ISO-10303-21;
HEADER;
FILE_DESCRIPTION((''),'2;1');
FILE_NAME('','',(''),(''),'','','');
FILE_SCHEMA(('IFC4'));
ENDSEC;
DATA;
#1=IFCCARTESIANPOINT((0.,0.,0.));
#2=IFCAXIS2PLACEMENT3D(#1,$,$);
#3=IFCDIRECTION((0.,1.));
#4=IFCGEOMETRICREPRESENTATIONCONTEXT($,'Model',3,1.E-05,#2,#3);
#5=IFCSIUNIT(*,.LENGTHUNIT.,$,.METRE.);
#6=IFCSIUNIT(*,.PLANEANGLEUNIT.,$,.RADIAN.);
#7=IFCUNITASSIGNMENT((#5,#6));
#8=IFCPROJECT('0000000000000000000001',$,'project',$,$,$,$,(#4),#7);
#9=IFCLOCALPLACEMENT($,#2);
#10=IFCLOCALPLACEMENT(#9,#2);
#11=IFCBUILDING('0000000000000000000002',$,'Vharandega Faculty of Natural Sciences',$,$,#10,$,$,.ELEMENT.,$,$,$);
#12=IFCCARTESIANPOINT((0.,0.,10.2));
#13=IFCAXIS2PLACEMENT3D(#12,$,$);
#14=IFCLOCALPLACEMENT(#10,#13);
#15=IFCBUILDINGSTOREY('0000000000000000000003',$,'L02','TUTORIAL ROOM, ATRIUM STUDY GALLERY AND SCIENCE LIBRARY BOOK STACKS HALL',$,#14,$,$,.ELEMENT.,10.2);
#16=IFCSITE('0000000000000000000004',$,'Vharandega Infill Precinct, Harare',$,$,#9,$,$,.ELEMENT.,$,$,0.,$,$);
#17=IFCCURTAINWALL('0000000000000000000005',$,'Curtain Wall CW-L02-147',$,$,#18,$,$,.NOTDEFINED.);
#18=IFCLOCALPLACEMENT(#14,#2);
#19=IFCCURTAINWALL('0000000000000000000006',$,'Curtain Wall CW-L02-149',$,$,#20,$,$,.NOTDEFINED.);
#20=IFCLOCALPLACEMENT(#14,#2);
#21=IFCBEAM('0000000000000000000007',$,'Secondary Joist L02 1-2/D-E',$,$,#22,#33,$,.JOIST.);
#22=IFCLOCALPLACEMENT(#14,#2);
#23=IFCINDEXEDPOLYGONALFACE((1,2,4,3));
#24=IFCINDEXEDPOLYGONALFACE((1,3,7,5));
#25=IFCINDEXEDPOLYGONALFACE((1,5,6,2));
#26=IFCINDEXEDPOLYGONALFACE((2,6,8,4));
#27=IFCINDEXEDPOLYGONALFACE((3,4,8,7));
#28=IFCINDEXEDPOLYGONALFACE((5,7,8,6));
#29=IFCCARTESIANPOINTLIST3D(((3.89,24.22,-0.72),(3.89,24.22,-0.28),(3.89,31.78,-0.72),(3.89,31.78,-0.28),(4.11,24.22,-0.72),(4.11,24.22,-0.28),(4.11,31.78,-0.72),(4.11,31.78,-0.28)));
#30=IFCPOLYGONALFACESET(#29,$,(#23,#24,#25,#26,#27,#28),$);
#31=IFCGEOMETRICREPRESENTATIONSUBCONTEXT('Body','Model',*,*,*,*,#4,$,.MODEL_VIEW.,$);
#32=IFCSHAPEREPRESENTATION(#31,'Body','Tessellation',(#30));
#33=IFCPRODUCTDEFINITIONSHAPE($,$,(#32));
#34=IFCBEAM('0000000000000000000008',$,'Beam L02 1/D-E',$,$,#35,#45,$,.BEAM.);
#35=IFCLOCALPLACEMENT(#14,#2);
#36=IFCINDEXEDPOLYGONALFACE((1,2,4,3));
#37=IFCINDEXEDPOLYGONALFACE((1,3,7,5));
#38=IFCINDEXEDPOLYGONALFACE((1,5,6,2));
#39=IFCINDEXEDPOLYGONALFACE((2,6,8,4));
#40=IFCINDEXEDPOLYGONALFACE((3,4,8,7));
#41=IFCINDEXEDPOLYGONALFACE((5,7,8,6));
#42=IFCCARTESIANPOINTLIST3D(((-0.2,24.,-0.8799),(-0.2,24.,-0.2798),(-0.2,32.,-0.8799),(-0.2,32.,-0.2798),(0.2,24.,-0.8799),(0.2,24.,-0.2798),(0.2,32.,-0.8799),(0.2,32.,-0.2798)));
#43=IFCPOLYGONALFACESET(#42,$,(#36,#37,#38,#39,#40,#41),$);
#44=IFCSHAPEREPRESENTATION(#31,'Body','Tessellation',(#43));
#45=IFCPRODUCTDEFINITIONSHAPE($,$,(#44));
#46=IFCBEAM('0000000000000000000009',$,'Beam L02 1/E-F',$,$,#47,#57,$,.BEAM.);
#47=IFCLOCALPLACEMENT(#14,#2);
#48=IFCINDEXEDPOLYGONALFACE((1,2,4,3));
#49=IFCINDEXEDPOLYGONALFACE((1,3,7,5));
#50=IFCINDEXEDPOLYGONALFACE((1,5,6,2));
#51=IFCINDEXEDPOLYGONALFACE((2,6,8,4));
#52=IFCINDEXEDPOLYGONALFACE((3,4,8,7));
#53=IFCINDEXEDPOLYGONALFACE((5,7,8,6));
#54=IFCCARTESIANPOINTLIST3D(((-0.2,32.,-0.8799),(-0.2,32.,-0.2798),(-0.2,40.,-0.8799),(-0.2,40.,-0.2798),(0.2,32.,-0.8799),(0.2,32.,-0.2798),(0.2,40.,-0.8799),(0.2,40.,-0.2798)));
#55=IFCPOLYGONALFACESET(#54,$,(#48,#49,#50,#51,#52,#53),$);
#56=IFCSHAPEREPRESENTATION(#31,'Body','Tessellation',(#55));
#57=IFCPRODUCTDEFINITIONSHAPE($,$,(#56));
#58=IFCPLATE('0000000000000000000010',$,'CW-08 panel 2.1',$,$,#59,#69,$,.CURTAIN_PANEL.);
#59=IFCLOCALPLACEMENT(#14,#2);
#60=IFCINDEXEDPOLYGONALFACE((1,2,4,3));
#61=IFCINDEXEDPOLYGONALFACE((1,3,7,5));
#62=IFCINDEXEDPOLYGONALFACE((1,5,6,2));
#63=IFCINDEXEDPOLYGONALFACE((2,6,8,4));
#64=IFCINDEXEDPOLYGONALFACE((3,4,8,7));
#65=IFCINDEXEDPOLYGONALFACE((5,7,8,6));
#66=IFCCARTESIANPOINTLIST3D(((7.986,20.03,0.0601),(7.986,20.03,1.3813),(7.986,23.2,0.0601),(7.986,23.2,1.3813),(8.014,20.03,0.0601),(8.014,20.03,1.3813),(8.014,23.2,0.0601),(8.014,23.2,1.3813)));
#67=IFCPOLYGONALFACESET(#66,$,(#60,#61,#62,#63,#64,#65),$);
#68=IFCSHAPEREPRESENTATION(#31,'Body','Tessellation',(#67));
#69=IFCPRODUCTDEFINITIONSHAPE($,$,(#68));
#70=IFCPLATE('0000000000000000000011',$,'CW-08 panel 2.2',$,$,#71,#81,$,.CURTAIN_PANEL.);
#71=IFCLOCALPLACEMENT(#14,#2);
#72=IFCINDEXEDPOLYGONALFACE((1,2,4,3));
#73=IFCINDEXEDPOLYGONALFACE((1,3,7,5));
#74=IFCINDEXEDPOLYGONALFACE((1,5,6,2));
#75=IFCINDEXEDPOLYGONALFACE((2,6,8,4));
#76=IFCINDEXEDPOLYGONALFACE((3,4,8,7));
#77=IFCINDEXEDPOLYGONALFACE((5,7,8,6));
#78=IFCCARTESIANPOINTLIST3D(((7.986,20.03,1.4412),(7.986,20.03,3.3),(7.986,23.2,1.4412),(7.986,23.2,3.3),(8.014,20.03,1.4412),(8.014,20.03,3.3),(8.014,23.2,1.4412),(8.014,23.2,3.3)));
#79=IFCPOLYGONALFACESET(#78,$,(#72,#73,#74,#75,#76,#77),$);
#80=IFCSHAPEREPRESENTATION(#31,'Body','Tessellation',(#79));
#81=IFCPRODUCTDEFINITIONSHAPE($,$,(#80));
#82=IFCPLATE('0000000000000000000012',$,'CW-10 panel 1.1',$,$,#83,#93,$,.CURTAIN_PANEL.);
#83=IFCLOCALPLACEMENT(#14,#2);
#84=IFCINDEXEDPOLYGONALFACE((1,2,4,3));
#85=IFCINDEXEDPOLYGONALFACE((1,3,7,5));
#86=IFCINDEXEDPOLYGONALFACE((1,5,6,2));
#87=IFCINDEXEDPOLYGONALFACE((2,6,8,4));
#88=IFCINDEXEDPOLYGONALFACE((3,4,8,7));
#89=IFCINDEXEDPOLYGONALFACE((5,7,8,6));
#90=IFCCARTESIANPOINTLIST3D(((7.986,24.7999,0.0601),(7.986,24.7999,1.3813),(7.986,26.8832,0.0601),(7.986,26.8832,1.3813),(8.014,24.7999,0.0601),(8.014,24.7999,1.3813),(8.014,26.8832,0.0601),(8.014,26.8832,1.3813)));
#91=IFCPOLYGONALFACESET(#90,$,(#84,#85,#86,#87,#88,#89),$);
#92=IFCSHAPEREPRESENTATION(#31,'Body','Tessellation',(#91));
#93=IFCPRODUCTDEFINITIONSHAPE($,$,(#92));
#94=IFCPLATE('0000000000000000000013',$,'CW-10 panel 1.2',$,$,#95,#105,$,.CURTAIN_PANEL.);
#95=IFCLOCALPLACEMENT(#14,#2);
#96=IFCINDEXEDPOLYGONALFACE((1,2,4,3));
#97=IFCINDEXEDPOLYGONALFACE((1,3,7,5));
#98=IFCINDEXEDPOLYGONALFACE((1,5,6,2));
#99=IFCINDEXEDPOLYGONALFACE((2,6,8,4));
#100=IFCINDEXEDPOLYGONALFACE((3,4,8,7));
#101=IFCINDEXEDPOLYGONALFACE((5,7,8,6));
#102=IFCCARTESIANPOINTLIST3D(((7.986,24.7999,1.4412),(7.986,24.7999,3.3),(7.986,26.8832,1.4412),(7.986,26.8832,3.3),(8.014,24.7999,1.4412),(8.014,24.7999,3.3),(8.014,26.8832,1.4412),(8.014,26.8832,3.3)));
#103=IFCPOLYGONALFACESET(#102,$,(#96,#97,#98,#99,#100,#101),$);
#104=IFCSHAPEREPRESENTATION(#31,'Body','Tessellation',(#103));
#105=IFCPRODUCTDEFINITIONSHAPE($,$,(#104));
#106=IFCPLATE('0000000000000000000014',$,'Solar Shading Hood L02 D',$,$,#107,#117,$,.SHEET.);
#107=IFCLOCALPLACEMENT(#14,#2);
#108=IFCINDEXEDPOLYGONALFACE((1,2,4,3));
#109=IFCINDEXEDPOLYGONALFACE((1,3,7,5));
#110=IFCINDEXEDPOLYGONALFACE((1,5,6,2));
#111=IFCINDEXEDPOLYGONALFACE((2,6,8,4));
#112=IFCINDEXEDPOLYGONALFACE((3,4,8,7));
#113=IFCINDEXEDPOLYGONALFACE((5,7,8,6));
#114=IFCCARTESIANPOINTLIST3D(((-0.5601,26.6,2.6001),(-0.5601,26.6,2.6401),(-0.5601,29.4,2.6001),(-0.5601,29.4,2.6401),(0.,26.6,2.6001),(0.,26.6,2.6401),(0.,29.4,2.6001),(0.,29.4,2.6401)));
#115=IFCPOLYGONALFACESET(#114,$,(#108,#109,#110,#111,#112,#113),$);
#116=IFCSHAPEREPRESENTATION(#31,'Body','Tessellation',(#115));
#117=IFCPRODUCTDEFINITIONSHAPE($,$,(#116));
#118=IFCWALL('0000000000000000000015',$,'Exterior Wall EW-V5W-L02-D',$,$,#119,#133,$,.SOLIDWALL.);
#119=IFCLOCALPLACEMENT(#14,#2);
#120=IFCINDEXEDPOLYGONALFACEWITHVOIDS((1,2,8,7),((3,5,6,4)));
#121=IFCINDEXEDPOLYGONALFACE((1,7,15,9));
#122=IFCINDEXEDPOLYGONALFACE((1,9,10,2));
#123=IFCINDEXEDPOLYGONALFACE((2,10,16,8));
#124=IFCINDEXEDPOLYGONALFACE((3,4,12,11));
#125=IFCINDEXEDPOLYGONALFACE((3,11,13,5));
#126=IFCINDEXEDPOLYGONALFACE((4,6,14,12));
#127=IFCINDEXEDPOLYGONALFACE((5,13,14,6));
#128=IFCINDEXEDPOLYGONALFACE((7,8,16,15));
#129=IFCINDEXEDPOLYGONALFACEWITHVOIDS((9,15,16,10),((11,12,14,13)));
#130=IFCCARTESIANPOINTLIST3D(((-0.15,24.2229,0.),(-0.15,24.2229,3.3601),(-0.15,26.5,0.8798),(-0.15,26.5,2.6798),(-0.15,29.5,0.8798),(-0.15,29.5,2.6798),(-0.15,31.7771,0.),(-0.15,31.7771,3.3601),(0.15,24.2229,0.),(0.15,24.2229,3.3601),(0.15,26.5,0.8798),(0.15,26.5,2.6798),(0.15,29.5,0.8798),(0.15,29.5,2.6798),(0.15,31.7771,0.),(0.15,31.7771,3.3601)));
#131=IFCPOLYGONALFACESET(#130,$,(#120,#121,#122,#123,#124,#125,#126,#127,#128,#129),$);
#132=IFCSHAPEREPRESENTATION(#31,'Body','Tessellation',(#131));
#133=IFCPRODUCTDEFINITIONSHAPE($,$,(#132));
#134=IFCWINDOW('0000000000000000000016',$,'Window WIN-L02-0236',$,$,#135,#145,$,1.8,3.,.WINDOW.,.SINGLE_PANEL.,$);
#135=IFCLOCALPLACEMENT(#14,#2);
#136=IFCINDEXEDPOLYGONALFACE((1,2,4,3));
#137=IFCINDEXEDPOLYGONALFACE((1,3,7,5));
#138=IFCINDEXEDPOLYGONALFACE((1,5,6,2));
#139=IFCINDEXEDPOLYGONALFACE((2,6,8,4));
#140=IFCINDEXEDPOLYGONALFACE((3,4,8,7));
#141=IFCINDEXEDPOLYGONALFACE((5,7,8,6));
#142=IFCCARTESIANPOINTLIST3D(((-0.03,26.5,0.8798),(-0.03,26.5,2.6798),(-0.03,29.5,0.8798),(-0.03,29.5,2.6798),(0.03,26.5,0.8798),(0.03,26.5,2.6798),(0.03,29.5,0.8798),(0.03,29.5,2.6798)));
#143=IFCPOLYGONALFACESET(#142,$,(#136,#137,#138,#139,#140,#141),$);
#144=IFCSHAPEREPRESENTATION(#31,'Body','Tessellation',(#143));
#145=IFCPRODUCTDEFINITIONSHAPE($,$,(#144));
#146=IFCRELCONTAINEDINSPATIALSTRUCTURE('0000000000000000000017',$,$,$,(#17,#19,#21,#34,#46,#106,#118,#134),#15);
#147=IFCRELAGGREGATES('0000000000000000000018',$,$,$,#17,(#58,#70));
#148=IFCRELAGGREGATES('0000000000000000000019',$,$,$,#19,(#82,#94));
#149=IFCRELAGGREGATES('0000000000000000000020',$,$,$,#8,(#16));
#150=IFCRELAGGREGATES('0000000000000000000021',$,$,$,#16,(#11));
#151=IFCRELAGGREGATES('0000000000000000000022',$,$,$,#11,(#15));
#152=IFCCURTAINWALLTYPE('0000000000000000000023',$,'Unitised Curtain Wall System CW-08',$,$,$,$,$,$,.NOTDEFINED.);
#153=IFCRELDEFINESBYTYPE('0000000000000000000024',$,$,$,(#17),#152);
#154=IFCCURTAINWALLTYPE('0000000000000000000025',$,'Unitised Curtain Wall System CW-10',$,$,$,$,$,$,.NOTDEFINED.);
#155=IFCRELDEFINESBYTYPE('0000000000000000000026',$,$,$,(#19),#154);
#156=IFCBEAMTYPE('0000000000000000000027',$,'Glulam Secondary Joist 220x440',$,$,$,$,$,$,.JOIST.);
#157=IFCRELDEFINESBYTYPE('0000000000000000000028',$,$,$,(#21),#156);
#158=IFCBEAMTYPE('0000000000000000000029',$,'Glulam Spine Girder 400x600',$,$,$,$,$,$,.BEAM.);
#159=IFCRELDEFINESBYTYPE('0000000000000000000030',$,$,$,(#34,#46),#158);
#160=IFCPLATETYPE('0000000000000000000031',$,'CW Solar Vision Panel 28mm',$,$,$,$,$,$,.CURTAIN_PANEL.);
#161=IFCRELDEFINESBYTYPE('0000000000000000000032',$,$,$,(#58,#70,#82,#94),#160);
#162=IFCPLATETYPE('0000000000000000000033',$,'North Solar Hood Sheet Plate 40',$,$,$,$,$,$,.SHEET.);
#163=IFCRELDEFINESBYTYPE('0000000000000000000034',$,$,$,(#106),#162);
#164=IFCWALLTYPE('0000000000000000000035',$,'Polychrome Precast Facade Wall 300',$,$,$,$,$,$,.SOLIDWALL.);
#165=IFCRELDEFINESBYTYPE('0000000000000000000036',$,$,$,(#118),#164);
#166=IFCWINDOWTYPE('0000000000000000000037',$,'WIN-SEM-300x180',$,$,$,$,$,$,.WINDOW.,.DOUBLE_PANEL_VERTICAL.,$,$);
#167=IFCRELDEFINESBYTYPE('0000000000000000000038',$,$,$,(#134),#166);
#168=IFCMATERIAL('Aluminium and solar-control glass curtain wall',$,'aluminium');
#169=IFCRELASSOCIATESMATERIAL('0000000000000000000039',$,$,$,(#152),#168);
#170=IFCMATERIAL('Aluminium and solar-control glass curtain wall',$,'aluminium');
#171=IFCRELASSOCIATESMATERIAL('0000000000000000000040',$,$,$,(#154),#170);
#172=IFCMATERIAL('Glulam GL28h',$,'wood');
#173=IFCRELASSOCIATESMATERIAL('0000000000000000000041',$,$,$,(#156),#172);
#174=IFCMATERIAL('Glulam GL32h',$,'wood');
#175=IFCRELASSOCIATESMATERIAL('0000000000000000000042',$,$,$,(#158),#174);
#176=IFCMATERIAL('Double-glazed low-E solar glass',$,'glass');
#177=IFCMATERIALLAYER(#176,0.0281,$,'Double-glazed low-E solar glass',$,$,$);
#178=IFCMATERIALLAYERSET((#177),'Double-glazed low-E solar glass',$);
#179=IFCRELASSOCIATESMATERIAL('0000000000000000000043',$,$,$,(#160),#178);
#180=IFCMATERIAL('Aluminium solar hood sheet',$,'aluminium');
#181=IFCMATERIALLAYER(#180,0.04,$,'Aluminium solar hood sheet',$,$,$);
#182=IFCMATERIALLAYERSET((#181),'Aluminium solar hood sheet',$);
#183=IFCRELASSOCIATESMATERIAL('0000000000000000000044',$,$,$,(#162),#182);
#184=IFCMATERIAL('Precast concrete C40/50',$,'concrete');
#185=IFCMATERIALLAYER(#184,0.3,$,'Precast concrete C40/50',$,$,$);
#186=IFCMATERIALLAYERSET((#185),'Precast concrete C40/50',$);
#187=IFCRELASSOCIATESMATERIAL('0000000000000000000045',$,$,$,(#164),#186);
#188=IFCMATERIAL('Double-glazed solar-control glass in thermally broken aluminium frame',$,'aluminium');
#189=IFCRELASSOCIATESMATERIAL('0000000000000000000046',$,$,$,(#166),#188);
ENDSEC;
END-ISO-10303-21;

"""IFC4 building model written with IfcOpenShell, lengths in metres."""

from ifc_helpers import new_model, si_unit, direction, frame, frame_2d, origin, origin_2d, place, context, subcontext, project, spatial, rectangle, extrude, material, layer, layer_set, material_profile, profile_set, type_object, element, fill, aggregate, save


model = new_model("IFC4")

# Units and contexts
model_context = context("Model", 3, precision=1e-05, world=origin(), true_north=direction((0.0, 1.0)))
body_context = subcontext(model_context, "Body", "Model", "MODEL_VIEW")
ifc_project = project(units=[si_unit("LENGTHUNIT", "METRE"), si_unit("PLANEANGLEUNIT", "RADIAN")], contexts=[model_context])

# Site, building, storey
site_placement = place(None, origin())
site = spatial("IfcSite", under=ifc_project, at=site_placement, Name="Vharandega Infill Precinct, Harare", CompositionType="ELEMENT", RefElevation=0.0)
building_placement = place(site_placement, origin())
building = spatial("IfcBuilding", under=site, at=building_placement, Name="Vharandega Faculty of Natural Sciences", CompositionType="ELEMENT")
storey_placement = place(building_placement, frame((0.0, 0.0, 10.2)))
storey = spatial("IfcBuildingStorey", under=building, at=storey_placement, Name="L02", Description="TUTORIAL ROOM, ATRIUM STUDY GALLERY AND SCIENCE LIBRARY BOOK STACKS HALL", CompositionType="ELEMENT", Elevation=10.2)

# Curtain wall
ifc_material_1 = material(Name="Aluminium and solar-control glass curtain wall", Category="aluminium")
curtain_wall_type_1 = type_object("IfcCurtainWallType", Name="Unitised Curtain Wall System CW-08", PredefinedType="NOTDEFINED", material=ifc_material_1)
curtain_wall_1_placement = place(storey_placement, origin())
curtain_wall_1 = element("IfcCurtainWall", 1, at=curtain_wall_1_placement, inside=storey, type_object=curtain_wall_type_1, Name="Curtain Wall CW-L02-147", PredefinedType="NOTDEFINED")

# Curtain wall
ifc_material_2 = material(Name="Aluminium and solar-control glass curtain wall", Category="aluminium")
curtain_wall_type_2 = type_object("IfcCurtainWallType", Name="Unitised Curtain Wall System CW-10", PredefinedType="NOTDEFINED", material=ifc_material_2)
curtain_wall_2_placement = place(storey_placement, origin())
curtain_wall_2 = element("IfcCurtainWall", 2, at=curtain_wall_2_placement, inside=storey, type_object=curtain_wall_type_2, Name="Curtain Wall CW-L02-149", PredefinedType="NOTDEFINED")

# Beams
ifc_material_3 = material(Name="Glulam GL28h", Category="wood")
ifc_material_profile_1 = material_profile(ifc_material_3, rectangle(XDim=0.22, YDim=0.4399, at=origin_2d()), Name="GL28h 220x440")
ifc_profile_set_1 = profile_set([ifc_material_profile_1], Name="Glulam GL28h")
beam_type_1 = type_object("IfcBeamType", Name="Glulam Secondary Joist 220x440", PredefinedType="JOIST", material=ifc_profile_set_1)
beam_1_placement = place(storey_placement, frame((4.0, 24.22, -0.5), z_axis=(0.0, 1.0, 0.0), x_axis=(-1.0, 0.0, 0.0)))
element("IfcBeam", 3, at=beam_1_placement, inside=storey, type_object=beam_type_1, Name="Secondary Joist L02 1-2/D-E", PredefinedType="JOIST", context=body_context, shape_type="SweptSolid", body=[
    extrude(rectangle(XDim=0.22, YDim=0.4399, at=origin_2d()), origin(), (0.0, 0.0, 1.0), 7.5601),
])
ifc_material_4 = material(Name="Glulam GL32h", Category="wood")
ifc_material_profile_2 = material_profile(ifc_material_4, rectangle(XDim=0.3999, YDim=0.6001, at=origin_2d()), Name="GL32h 400x600")
ifc_profile_set_2 = profile_set([ifc_material_profile_2], Name="Glulam GL32h")
beam_type_2 = type_object("IfcBeamType", Name="Glulam Spine Girder 400x600", PredefinedType="BEAM", material=ifc_profile_set_2)
for number, where, z_axis, x_axis, name in (
    (4, (0.0, 24.0, -0.5798), (0.0, 1.0, 0.0), (-1.0, 0.0, 0.0), "Beam L02 1/D-E"),
    (5, (0.0, 32.0, -0.5798), (0.0, 1.0, 0.0), (-1.0, 0.0, 0.0), "Beam L02 1/E-F"),
):
    element("IfcBeam", number, at=place(storey_placement, frame(where, z_axis=z_axis, x_axis=x_axis)), inside=storey, type_object=beam_type_2, Name=name, PredefinedType="BEAM", context=body_context, shape_type="SweptSolid", body=[
        extrude(rectangle(XDim=0.3999, YDim=0.6001, at=origin_2d()), origin(), (0.0, 0.0, 1.0), 8.0),
    ])

# Plates
ifc_material_5 = material(Name="Double-glazed low-E solar glass", Category="glass")
ifc_layer_1 = layer(ifc_material_5, 0.0281, Name="Double-glazed low-E solar glass")
ifc_layer_set_1 = layer_set([ifc_layer_1], Name="Double-glazed low-E solar glass")
plate_type_1 = type_object("IfcPlateType", Name="CW Solar Vision Panel 28mm", PredefinedType="CURTAIN_PANEL", material=ifc_layer_set_1)
plate_1_placement = place(storey_placement, frame((8.0, 21.615, 0.0601), z_axis=(0.0, 0.0, 1.0), x_axis=(0.0, 1.0, 0.0)))
plate_1 = element("IfcPlate", 6, at=plate_1_placement, type_object=plate_type_1, Name="CW-08 panel 2.1", PredefinedType="CURTAIN_PANEL", context=body_context, shape_type="SweptSolid", body=[
    extrude(rectangle(XDim=3.1699, YDim=0.0281, at=origin_2d()), origin(), (0.0, 0.0, 1.0), 1.3213),
])
plate_2_placement = place(storey_placement, frame((8.0, 21.615, 1.4412), z_axis=(0.0, 0.0, 1.0), x_axis=(0.0, 1.0, 0.0)))
plate_2 = element("IfcPlate", 7, at=plate_2_placement, type_object=plate_type_1, Name="CW-08 panel 2.2", PredefinedType="CURTAIN_PANEL", context=body_context, shape_type="SweptSolid", body=[
    extrude(rectangle(XDim=3.1699, YDim=0.0281, at=origin_2d()), origin(), (0.0, 0.0, 1.0), 1.8589),
])
aggregate(curtain_wall_1, [plate_1, plate_2])
plate_3_placement = place(storey_placement, frame((8.0, 25.8416, 0.0601), z_axis=(0.0, 0.0, 1.0), x_axis=(0.0, 1.0, 0.0)))
plate_3 = element("IfcPlate", 8, at=plate_3_placement, type_object=plate_type_1, Name="CW-10 panel 1.1", PredefinedType="CURTAIN_PANEL", context=body_context, shape_type="SweptSolid", body=[
    extrude(rectangle(XDim=2.0833, YDim=0.0281, at=origin_2d()), origin(), (0.0, 0.0, 1.0), 1.3213),
])
plate_4_placement = place(storey_placement, frame((8.0, 25.8416, 1.4412), z_axis=(0.0, 0.0, 1.0), x_axis=(0.0, 1.0, 0.0)))
plate_4 = element("IfcPlate", 9, at=plate_4_placement, type_object=plate_type_1, Name="CW-10 panel 1.2", PredefinedType="CURTAIN_PANEL", context=body_context, shape_type="SweptSolid", body=[
    extrude(rectangle(XDim=2.0833, YDim=0.0281, at=origin_2d()), origin(), (0.0, 0.0, 1.0), 1.8589),
])
aggregate(curtain_wall_2, [plate_3, plate_4])
ifc_material_6 = material(Name="Aluminium solar hood sheet", Category="aluminium")
ifc_layer_2 = layer(ifc_material_6, 0.04, Name="Aluminium solar hood sheet")
ifc_layer_set_2 = layer_set([ifc_layer_2], Name="Aluminium solar hood sheet")
plate_type_2 = type_object("IfcPlateType", Name="North Solar Hood Sheet Plate 40", PredefinedType="SHEET", material=ifc_layer_set_2)
plate_5_placement = place(storey_placement, frame((-0.28, 28.0, 2.6001), z_axis=(0.0, 0.0, 1.0), x_axis=(1.0, 0.0, 0.0)))
element("IfcPlate", 10, at=plate_5_placement, inside=storey, type_object=plate_type_2, Name="Solar Shading Hood L02 D", PredefinedType="SHEET", context=body_context, shape_type="SweptSolid", body=[
    extrude(rectangle(XDim=0.5601, YDim=2.8, at=origin_2d()), origin(), (0.0, 0.0, 1.0), 0.04),
])

# Wall, opening, window
ifc_material_7 = material(Name="Precast concrete C40/50", Category="concrete")
ifc_layer_3 = layer(ifc_material_7, 0.3, Name="Precast concrete C40/50")
ifc_layer_set_3 = layer_set([ifc_layer_3], Name="Precast concrete C40/50")
wall_type = type_object("IfcWallType", Name="Polychrome Precast Facade Wall 300", PredefinedType="SOLIDWALL", material=ifc_layer_set_3)
wall_placement = place(storey_placement, frame((0.0, 24.2229, 0.0), z_axis=(0.0, 0.0, 1.0), x_axis=(0.0, 1.0, 0.0)))
wall = element("IfcWall", 11, at=wall_placement, inside=storey, type_object=wall_type, Name="Exterior Wall EW-V5W-L02-D", PredefinedType="SOLIDWALL", context=body_context, shape_type="SweptSolid", body=[
    extrude(rectangle(XDim=7.5542, YDim=0.3, at=frame_2d((3.7771, 0.0))), origin(), (0.0, 0.0, 1.0), 3.3601),
])
opening_placement = place(wall_placement, frame((2.2771, 0.0, 0.8799)))
opening = element("IfcOpeningElement", 12, at=opening_placement, cuts=wall, PredefinedType="OPENING", context=body_context, shape_type="SweptSolid", body=[
    extrude(rectangle(XDim=3.0, YDim=1.8, at=frame_2d((1.5, 0.8999))), frame((0.0, 0.1602, 0.0), z_axis=(0.0, -1.0, 0.0), x_axis=(1.0, 0.0, 0.0)), (0.0, 0.0, 1.0), 0.3201),
])
ifc_material_8 = material(Name="Double-glazed solar-control glass in thermally broken aluminium frame", Category="aluminium")
window_type = type_object("IfcWindowType", Name="WIN-SEM-300x180", PartitioningType="DOUBLE_PANEL_VERTICAL", PredefinedType="WINDOW", material=ifc_material_8)
window_placement = place(opening_placement, origin())
window = element("IfcWindow", 13, at=window_placement, inside=storey, type_object=window_type, Name="Window WIN-L02-0236", OverallHeight=1.8, OverallWidth=3.0, PartitioningType="SINGLE_PANEL", PredefinedType="WINDOW", context=body_context, shape_type="SweptSolid", body=[
    extrude(rectangle(XDim=3.0, YDim=1.8, at=frame_2d((1.5, 0.8999))), frame((0.0, 0.03, 0.0), z_axis=(0.0, -1.0, 0.0), x_axis=(1.0, 0.0, 0.0)), (0.0, 0.0, 1.0), 0.0601),
])
fill(opening, window)

save(model, "model.ifc")
